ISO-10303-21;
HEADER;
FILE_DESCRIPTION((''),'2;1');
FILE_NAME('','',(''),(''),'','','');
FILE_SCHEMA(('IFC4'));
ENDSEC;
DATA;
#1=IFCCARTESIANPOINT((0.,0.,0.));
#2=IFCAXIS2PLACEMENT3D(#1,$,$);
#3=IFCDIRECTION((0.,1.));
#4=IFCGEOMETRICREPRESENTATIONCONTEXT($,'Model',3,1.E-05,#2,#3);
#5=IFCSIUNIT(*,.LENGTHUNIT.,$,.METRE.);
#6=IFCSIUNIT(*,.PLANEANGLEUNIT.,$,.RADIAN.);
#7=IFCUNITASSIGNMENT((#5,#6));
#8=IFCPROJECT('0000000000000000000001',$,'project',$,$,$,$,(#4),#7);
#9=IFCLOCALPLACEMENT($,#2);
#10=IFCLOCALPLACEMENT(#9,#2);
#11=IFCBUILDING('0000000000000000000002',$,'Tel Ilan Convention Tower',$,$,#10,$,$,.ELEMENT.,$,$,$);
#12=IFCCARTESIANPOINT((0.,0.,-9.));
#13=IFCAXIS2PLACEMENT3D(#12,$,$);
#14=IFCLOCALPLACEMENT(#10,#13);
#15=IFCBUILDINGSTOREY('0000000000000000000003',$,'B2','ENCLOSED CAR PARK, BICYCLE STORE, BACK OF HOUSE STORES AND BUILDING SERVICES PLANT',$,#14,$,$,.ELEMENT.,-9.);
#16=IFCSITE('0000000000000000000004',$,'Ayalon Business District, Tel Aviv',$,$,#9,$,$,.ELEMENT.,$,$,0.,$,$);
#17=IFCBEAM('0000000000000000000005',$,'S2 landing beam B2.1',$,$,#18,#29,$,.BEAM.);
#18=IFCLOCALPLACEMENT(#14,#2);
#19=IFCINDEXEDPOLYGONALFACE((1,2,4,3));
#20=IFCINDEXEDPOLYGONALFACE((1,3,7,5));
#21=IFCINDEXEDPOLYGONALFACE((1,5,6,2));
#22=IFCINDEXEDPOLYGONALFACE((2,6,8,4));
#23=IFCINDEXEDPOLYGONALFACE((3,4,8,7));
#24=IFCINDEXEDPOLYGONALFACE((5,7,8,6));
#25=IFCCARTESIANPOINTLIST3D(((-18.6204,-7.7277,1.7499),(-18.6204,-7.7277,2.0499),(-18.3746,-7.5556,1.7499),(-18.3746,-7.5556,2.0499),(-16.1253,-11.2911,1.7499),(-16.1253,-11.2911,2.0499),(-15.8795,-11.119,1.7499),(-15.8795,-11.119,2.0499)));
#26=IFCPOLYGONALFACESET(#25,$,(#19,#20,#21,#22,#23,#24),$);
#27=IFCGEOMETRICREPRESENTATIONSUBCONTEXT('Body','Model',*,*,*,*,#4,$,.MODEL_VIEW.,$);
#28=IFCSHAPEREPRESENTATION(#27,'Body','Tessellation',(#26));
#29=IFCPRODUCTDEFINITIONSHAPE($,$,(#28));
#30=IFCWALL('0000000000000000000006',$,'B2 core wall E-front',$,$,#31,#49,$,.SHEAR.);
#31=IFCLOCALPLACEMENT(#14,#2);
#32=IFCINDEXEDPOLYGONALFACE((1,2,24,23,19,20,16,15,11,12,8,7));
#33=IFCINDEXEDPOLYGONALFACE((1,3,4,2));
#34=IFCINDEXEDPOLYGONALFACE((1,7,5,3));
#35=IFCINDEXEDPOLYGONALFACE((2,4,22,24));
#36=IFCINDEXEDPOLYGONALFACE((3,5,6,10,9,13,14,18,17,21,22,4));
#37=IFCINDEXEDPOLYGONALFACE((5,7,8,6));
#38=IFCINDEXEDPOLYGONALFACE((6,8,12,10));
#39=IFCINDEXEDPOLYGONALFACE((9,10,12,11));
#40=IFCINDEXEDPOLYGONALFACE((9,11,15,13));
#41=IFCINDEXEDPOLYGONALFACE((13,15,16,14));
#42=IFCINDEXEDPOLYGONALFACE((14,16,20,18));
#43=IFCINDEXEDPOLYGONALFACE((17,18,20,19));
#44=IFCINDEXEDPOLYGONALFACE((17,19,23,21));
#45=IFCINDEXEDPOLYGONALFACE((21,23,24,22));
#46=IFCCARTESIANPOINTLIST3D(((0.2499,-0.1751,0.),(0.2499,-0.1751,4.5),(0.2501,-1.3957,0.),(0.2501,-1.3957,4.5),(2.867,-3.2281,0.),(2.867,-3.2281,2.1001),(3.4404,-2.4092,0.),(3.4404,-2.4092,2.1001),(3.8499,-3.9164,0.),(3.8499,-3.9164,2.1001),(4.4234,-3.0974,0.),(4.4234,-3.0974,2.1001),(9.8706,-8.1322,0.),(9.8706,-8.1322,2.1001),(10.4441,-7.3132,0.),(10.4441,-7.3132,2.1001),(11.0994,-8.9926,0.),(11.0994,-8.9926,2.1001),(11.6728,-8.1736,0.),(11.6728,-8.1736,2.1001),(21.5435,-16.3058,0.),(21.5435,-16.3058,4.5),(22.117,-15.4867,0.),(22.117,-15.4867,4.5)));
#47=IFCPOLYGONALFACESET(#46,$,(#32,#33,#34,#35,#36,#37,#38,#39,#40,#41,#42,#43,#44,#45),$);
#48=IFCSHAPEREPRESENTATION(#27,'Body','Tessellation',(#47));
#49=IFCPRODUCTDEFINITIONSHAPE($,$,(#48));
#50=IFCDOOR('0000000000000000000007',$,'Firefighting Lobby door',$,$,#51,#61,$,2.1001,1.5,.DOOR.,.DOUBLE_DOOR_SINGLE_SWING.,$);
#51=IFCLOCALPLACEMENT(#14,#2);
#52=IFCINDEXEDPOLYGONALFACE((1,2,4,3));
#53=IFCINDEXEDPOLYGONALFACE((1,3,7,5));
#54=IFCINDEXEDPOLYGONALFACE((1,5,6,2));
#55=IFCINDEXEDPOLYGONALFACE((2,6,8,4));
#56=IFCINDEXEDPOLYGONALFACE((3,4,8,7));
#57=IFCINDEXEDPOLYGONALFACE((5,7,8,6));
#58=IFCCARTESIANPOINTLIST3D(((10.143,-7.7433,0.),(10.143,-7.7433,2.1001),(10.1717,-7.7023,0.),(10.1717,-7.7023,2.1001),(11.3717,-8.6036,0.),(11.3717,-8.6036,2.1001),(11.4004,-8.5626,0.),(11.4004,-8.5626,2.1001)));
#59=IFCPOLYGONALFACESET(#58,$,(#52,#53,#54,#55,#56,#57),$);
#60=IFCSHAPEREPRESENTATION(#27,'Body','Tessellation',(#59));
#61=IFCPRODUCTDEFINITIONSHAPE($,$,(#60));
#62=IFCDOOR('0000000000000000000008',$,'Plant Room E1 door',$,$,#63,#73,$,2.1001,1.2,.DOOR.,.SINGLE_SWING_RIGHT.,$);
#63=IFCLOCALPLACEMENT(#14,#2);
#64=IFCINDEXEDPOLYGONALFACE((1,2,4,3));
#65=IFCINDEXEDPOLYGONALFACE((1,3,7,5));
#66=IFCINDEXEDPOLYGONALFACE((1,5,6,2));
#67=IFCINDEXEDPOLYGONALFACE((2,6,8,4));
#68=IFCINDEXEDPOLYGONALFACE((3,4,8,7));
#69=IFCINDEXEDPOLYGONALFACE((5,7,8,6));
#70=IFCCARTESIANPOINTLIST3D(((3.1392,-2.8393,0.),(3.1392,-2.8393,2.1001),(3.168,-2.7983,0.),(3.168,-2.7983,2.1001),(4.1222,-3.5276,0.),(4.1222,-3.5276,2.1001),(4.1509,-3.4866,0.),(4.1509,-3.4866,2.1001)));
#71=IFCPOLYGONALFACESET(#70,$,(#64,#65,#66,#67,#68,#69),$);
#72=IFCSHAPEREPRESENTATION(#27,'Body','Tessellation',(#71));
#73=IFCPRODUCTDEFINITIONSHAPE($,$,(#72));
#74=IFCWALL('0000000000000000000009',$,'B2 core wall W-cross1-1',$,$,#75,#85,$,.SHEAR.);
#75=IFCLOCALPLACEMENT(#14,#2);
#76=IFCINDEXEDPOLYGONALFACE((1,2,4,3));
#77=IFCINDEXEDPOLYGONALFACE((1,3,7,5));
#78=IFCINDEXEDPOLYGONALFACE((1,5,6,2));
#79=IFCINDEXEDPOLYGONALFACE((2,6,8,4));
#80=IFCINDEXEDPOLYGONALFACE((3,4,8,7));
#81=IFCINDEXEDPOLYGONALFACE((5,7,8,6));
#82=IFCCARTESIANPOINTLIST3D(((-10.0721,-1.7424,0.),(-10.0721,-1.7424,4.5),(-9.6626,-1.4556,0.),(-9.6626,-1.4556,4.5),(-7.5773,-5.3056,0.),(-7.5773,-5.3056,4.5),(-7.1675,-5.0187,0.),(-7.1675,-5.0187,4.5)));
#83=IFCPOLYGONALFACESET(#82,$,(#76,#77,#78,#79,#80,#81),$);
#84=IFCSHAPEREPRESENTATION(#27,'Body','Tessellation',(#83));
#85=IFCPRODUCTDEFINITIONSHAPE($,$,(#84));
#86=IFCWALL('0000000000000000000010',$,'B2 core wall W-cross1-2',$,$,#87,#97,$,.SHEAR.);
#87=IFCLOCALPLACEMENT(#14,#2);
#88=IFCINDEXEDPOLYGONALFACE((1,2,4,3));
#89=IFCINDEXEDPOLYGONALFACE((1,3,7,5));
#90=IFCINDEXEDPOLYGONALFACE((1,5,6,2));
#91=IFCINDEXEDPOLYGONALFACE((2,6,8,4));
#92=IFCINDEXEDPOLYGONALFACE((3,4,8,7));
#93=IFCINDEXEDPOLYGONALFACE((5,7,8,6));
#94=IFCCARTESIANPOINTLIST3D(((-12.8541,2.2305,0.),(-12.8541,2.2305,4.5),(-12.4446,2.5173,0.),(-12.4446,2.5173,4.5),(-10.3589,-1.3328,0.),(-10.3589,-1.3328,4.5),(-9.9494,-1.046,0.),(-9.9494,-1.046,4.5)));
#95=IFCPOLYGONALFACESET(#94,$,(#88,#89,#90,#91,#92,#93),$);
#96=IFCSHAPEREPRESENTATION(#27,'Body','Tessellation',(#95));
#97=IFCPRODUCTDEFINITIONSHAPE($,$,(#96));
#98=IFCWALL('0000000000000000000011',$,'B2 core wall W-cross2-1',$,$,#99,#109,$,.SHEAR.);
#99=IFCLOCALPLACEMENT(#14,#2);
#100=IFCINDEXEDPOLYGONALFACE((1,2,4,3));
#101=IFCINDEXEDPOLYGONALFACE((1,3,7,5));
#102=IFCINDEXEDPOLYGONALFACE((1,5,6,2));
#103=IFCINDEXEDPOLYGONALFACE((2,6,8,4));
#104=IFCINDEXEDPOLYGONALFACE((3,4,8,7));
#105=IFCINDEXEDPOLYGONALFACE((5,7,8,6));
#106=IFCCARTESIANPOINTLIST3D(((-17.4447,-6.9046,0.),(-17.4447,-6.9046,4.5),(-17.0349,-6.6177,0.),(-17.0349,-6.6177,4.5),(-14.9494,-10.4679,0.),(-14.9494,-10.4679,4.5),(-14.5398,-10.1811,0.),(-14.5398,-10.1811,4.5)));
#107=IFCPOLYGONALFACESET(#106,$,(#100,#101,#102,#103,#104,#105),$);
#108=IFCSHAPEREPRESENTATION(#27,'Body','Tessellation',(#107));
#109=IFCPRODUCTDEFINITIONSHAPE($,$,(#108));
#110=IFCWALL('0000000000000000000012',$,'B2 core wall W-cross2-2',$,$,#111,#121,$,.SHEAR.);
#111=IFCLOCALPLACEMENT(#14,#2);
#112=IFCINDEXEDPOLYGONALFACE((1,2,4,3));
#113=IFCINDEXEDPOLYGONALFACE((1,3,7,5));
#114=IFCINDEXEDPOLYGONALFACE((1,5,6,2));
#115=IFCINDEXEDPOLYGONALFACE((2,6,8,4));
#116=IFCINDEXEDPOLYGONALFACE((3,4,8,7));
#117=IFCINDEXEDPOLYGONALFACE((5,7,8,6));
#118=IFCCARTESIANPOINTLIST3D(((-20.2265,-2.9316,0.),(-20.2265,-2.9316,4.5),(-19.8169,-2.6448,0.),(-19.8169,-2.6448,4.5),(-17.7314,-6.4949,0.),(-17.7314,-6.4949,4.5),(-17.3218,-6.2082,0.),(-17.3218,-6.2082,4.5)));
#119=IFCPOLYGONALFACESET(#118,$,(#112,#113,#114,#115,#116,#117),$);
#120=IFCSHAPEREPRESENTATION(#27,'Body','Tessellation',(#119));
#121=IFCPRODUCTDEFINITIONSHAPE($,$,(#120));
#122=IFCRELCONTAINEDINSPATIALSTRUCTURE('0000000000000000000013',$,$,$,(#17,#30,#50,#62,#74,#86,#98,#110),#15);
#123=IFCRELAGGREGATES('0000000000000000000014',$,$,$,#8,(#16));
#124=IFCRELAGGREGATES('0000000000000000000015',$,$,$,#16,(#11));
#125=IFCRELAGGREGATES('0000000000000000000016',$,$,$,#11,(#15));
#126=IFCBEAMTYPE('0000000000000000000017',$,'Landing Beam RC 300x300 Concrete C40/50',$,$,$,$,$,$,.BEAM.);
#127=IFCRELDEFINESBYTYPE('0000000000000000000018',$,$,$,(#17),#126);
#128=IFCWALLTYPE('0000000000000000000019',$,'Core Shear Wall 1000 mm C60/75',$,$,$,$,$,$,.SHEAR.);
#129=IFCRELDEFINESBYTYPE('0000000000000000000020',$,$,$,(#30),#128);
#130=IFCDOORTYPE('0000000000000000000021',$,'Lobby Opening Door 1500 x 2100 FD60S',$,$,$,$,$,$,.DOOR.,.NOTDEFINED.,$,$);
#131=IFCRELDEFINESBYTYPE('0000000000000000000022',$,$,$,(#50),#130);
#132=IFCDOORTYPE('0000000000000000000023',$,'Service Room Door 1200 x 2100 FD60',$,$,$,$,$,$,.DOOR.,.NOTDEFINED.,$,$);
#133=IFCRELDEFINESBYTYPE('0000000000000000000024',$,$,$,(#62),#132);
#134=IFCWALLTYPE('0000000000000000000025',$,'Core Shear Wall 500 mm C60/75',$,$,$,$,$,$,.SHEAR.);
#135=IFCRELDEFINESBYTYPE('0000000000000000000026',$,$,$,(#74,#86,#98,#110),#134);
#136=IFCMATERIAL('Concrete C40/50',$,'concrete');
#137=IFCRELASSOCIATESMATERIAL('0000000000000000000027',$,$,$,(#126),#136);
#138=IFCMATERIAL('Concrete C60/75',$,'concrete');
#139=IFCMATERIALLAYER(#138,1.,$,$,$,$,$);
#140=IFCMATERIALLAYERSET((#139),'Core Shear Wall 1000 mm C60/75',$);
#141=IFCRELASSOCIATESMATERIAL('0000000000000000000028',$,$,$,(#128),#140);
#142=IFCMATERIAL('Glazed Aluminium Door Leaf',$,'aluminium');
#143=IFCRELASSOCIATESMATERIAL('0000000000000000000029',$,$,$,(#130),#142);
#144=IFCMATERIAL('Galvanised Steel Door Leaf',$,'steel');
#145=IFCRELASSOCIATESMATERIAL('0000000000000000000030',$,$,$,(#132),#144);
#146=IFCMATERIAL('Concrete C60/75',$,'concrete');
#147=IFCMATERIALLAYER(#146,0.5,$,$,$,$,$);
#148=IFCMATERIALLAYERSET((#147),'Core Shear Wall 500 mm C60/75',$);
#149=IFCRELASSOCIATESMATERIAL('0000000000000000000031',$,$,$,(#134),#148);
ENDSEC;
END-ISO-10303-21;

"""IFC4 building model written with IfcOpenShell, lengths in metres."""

from ifc_helpers import new_model, si_unit, direction, frame, frame_2d, origin, origin_2d, place, context, subcontext, project, spatial, polyline, rectangle, outline, extrude, material, layer, layer_set, material_profile, profile_set, type_object, element, fill, save


model = new_model("IFC4")

# Units and contexts
model_context = context("Model", 3, precision=1e-05, world=origin(), true_north=direction((0.0, 1.0)))
body_context = subcontext(model_context, "Body", "Model", "MODEL_VIEW")
ifc_project = project(units=[si_unit("LENGTHUNIT", "METRE"), si_unit("PLANEANGLEUNIT", "RADIAN")], contexts=[model_context])

# Site, building, storey
site_placement = place(None, origin())
site = spatial("IfcSite", under=ifc_project, at=site_placement, Name="Ayalon Business District, Tel Aviv", CompositionType="ELEMENT", RefElevation=0.0)
building_placement = place(site_placement, origin())
building = spatial("IfcBuilding", under=site, at=building_placement, Name="Tel Ilan Convention Tower", CompositionType="ELEMENT")
storey_placement = place(building_placement, frame((0.0, 0.0, -9.0)))
storey = spatial("IfcBuildingStorey", under=building, at=storey_placement, Name="B2", Description="ENCLOSED CAR PARK, BICYCLE STORE, BACK OF HOUSE STORES AND BUILDING SERVICES PLANT", CompositionType="ELEMENT", Elevation=-9.0)

# Beam
ifc_material_1 = material(Name="Concrete C40/50", Category="concrete")
ifc_material_profile_1 = material_profile(ifc_material_1, rectangle(XDim=0.3, YDim=0.3, at=origin_2d()), Name="RC 300x300")
ifc_profile_set_1 = profile_set([ifc_material_profile_1], Name="Concrete C40/50")
beam_type = type_object("IfcBeamType", Name="Landing Beam RC 300x300 Concrete C40/50", PredefinedType="BEAM", material=ifc_profile_set_1)
beam_placement = place(storey_placement, frame((-16.0024, -11.2051, 1.8999), z_axis=(-0.573568, 0.819158, 0.0), x_axis=(-0.819158, -0.573568, 0.0)))
element("IfcBeam", 1, at=beam_placement, inside=storey, type_object=beam_type, Name="S2 landing beam B2.1", PredefinedType="BEAM", context=body_context, shape_type="SweptSolid", body=[
    extrude(rectangle(XDim=0.3, YDim=0.3, at=origin_2d()), origin(), (0.0, 0.0, 1.0), 4.3501),
])

# Wall, openings, doors
ifc_material_2 = material(Name="Concrete C60/75", Category="concrete")
ifc_layer_1 = layer(ifc_material_2, 1.0)
ifc_layer_set_1 = layer_set([ifc_layer_1], Name="Core Shear Wall 1000 mm C60/75")
wall_type_1 = type_object("IfcWallType", Name="Core Shear Wall 1000 mm C60/75", PredefinedType="SHEAR", material=ifc_layer_set_1)
wall_1_placement = place(storey_placement, frame((-0.0369, -0.5847, 0.0), z_axis=(0.0, 0.0, 1.0), x_axis=(0.819157, -0.573569, 0.0)))
wall_1 = element("IfcWall", 2, at=wall_1_placement, inside=storey, type_object=wall_type_1, Name="B2 core wall E-front", PredefinedType="SHEAR", context=body_context, shape_type="SweptSolid", body=[
    extrude(outline(polyline([(26.6948, 0.4998), (0.0, 0.5), (0.7002, -0.4998), (26.6948, -0.5002), (26.6948, 0.4998)])), origin(), (0.0, 0.0, 1.0), 4.5),
])
opening_1_placement = place(wall_1_placement, frame((3.8948, 0.0, 0.0)))
opening_1 = element("IfcOpeningElement", 3, at=opening_1_placement, cuts=wall_1, PredefinedType="OPENING", context=body_context, shape_type="SweptSolid", body=[
    extrude(rectangle(XDim=1.2, YDim=2.1001, at=frame_2d((0.6001, 1.05))), frame((0.0, 0.51, 0.0), z_axis=(0.0, -1.0, 0.0), x_axis=(1.0, 0.0, 0.0)), (0.0, 0.0, 1.0), 1.02),
])
opening_2_placement = place(wall_1_placement, frame((12.4448, 0.0, 0.0)))
opening_2 = element("IfcOpeningElement", 4, at=opening_2_placement, cuts=wall_1, PredefinedType="OPENING", context=body_context, shape_type="SweptSolid", body=[
    extrude(rectangle(XDim=1.5, YDim=2.1001, at=frame_2d((0.75, 1.05))), frame((0.0, 0.51, 0.0), z_axis=(0.0, -1.0, 0.0), x_axis=(1.0, 0.0, 0.0)), (0.0, 0.0, 1.0), 1.02),
])
ifc_material_3 = material(Name="Glazed Aluminium Door Leaf", Category="aluminium")
door_type_1 = type_object("IfcDoorType", Name="Lobby Opening Door 1500 x 2100 FD60S", OperationType="NOTDEFINED", PredefinedType="DOOR", material=ifc_material_3)
door_1_placement = place(opening_2_placement, origin())
door_1 = element("IfcDoor", 5, at=door_1_placement, inside=storey, type_object=door_type_1, Name="Firefighting Lobby door", OperationType="DOUBLE_DOOR_SINGLE_SWING", OverallHeight=2.1001, OverallWidth=1.5, PredefinedType="DOOR", context=body_context, shape_type="SweptSolid", body=[
    extrude(rectangle(XDim=1.5, YDim=2.1001, at=frame_2d((0.75, 1.05))), frame((0.0, 0.0249, 0.0), z_axis=(0.0, -1.0, 0.0), x_axis=(1.0, 0.0, 0.0)), (0.0, 0.0, 1.0), 0.05),
])
fill(opening_2, door_1)
ifc_material_4 = material(Name="Galvanised Steel Door Leaf", Category="steel")
door_type_2 = type_object("IfcDoorType", Name="Service Room Door 1200 x 2100 FD60", OperationType="NOTDEFINED", PredefinedType="DOOR", material=ifc_material_4)
door_2_placement = place(opening_1_placement, origin())
door_2 = element("IfcDoor", 6, at=door_2_placement, inside=storey, type_object=door_type_2, Name="Plant Room E1 door", OperationType="SINGLE_SWING_RIGHT", OverallHeight=2.1001, OverallWidth=1.2, PredefinedType="DOOR", context=body_context, shape_type="SweptSolid", body=[
    extrude(rectangle(XDim=1.2, YDim=2.1001, at=frame_2d((0.6001, 1.05))), frame((0.0, 0.0249, 0.0), z_axis=(0.0, -1.0, 0.0), x_axis=(1.0, 0.0, 0.0)), (0.0, 0.0, 1.0), 0.05),
])
fill(opening_1, door_2)

# Walls
ifc_material_5 = material(Name="Concrete C60/75", Category="concrete")
ifc_layer_2 = layer(ifc_material_5, 0.5)
ifc_layer_set_2 = layer_set([ifc_layer_2], Name="Core Shear Wall 500 mm C60/75")
wall_type_2 = type_object("IfcWallType", Name="Core Shear Wall 500 mm C60/75", PredefinedType="SHEAR", material=ifc_layer_set_2)
wall_2_placement = place(storey_placement, frame((-7.3723, -5.1621, 0.0), z_axis=(0.0, 0.0, 1.0), x_axis=(-0.573594, 0.81914, 0.0)))
element("IfcWall", 7, at=wall_2_placement, inside=storey, type_object=wall_type_2, Name="B2 core wall W-cross1-1", PredefinedType="SHEAR", context=body_context, shape_type="SweptSolid", body=[
    extrude(outline(polyline([(4.3499, 0.25), (0.0, 0.2502), (0.0, -0.25), (4.3499, -0.25), (4.3499, 0.25)])), origin(), (0.0, 0.0, 1.0), 4.5),
])
wall_3_placement = place(storey_placement, frame((-10.1543, -1.1892, 0.0), z_axis=(0.0, 0.0, 1.0), x_axis=(-0.573594, 0.81914, 0.0)))
element("IfcWall", 8, at=wall_3_placement, inside=storey, type_object=wall_type_2, Name="B2 core wall W-cross1-2", PredefinedType="SHEAR", context=body_context, shape_type="SweptSolid", body=[
    extrude(outline(polyline([(4.3499, -0.25), (4.3499, 0.25), (-0.0002, 0.25), (-0.0002, -0.25), (4.3499, -0.25)])), origin(), (0.0, 0.0, 1.0), 4.5),
])
wall_4_placement = place(storey_placement, frame((-14.7446, -10.3245, 0.0), z_axis=(0.0, 0.0, 1.0), x_axis=(-0.573568, 0.819158, 0.0)))
element("IfcWall", 9, at=wall_4_placement, inside=storey, type_object=wall_type_2, Name="B2 core wall W-cross2-1", PredefinedType="SHEAR", context=body_context, shape_type="SweptSolid", body=[
    extrude(outline(polyline([(4.3501, 0.2502), (0.0, 0.25), (0.0, -0.25), (4.3501, -0.25), (4.3501, 0.2502)])), origin(), (0.0, 0.0, 1.0), 4.5),
])
wall_5_placement = place(storey_placement, frame((-17.5266, -6.3516, 0.0), z_axis=(0.0, 0.0, 1.0), x_axis=(-0.57353, 0.819184, 0.0)))
element("IfcWall", 10, at=wall_5_placement, inside=storey, type_object=wall_type_2, Name="B2 core wall W-cross2-2", PredefinedType="SHEAR", context=body_context, shape_type="SweptSolid", body=[
    extrude(outline(polyline([(4.3501, -0.2498), (4.3501, 0.2502), (0.0, 0.25), (0.0, -0.25), (4.3501, -0.2498)])), origin(), (0.0, 0.0, 1.0), 4.5),
])

save(model, "model.ifc")
